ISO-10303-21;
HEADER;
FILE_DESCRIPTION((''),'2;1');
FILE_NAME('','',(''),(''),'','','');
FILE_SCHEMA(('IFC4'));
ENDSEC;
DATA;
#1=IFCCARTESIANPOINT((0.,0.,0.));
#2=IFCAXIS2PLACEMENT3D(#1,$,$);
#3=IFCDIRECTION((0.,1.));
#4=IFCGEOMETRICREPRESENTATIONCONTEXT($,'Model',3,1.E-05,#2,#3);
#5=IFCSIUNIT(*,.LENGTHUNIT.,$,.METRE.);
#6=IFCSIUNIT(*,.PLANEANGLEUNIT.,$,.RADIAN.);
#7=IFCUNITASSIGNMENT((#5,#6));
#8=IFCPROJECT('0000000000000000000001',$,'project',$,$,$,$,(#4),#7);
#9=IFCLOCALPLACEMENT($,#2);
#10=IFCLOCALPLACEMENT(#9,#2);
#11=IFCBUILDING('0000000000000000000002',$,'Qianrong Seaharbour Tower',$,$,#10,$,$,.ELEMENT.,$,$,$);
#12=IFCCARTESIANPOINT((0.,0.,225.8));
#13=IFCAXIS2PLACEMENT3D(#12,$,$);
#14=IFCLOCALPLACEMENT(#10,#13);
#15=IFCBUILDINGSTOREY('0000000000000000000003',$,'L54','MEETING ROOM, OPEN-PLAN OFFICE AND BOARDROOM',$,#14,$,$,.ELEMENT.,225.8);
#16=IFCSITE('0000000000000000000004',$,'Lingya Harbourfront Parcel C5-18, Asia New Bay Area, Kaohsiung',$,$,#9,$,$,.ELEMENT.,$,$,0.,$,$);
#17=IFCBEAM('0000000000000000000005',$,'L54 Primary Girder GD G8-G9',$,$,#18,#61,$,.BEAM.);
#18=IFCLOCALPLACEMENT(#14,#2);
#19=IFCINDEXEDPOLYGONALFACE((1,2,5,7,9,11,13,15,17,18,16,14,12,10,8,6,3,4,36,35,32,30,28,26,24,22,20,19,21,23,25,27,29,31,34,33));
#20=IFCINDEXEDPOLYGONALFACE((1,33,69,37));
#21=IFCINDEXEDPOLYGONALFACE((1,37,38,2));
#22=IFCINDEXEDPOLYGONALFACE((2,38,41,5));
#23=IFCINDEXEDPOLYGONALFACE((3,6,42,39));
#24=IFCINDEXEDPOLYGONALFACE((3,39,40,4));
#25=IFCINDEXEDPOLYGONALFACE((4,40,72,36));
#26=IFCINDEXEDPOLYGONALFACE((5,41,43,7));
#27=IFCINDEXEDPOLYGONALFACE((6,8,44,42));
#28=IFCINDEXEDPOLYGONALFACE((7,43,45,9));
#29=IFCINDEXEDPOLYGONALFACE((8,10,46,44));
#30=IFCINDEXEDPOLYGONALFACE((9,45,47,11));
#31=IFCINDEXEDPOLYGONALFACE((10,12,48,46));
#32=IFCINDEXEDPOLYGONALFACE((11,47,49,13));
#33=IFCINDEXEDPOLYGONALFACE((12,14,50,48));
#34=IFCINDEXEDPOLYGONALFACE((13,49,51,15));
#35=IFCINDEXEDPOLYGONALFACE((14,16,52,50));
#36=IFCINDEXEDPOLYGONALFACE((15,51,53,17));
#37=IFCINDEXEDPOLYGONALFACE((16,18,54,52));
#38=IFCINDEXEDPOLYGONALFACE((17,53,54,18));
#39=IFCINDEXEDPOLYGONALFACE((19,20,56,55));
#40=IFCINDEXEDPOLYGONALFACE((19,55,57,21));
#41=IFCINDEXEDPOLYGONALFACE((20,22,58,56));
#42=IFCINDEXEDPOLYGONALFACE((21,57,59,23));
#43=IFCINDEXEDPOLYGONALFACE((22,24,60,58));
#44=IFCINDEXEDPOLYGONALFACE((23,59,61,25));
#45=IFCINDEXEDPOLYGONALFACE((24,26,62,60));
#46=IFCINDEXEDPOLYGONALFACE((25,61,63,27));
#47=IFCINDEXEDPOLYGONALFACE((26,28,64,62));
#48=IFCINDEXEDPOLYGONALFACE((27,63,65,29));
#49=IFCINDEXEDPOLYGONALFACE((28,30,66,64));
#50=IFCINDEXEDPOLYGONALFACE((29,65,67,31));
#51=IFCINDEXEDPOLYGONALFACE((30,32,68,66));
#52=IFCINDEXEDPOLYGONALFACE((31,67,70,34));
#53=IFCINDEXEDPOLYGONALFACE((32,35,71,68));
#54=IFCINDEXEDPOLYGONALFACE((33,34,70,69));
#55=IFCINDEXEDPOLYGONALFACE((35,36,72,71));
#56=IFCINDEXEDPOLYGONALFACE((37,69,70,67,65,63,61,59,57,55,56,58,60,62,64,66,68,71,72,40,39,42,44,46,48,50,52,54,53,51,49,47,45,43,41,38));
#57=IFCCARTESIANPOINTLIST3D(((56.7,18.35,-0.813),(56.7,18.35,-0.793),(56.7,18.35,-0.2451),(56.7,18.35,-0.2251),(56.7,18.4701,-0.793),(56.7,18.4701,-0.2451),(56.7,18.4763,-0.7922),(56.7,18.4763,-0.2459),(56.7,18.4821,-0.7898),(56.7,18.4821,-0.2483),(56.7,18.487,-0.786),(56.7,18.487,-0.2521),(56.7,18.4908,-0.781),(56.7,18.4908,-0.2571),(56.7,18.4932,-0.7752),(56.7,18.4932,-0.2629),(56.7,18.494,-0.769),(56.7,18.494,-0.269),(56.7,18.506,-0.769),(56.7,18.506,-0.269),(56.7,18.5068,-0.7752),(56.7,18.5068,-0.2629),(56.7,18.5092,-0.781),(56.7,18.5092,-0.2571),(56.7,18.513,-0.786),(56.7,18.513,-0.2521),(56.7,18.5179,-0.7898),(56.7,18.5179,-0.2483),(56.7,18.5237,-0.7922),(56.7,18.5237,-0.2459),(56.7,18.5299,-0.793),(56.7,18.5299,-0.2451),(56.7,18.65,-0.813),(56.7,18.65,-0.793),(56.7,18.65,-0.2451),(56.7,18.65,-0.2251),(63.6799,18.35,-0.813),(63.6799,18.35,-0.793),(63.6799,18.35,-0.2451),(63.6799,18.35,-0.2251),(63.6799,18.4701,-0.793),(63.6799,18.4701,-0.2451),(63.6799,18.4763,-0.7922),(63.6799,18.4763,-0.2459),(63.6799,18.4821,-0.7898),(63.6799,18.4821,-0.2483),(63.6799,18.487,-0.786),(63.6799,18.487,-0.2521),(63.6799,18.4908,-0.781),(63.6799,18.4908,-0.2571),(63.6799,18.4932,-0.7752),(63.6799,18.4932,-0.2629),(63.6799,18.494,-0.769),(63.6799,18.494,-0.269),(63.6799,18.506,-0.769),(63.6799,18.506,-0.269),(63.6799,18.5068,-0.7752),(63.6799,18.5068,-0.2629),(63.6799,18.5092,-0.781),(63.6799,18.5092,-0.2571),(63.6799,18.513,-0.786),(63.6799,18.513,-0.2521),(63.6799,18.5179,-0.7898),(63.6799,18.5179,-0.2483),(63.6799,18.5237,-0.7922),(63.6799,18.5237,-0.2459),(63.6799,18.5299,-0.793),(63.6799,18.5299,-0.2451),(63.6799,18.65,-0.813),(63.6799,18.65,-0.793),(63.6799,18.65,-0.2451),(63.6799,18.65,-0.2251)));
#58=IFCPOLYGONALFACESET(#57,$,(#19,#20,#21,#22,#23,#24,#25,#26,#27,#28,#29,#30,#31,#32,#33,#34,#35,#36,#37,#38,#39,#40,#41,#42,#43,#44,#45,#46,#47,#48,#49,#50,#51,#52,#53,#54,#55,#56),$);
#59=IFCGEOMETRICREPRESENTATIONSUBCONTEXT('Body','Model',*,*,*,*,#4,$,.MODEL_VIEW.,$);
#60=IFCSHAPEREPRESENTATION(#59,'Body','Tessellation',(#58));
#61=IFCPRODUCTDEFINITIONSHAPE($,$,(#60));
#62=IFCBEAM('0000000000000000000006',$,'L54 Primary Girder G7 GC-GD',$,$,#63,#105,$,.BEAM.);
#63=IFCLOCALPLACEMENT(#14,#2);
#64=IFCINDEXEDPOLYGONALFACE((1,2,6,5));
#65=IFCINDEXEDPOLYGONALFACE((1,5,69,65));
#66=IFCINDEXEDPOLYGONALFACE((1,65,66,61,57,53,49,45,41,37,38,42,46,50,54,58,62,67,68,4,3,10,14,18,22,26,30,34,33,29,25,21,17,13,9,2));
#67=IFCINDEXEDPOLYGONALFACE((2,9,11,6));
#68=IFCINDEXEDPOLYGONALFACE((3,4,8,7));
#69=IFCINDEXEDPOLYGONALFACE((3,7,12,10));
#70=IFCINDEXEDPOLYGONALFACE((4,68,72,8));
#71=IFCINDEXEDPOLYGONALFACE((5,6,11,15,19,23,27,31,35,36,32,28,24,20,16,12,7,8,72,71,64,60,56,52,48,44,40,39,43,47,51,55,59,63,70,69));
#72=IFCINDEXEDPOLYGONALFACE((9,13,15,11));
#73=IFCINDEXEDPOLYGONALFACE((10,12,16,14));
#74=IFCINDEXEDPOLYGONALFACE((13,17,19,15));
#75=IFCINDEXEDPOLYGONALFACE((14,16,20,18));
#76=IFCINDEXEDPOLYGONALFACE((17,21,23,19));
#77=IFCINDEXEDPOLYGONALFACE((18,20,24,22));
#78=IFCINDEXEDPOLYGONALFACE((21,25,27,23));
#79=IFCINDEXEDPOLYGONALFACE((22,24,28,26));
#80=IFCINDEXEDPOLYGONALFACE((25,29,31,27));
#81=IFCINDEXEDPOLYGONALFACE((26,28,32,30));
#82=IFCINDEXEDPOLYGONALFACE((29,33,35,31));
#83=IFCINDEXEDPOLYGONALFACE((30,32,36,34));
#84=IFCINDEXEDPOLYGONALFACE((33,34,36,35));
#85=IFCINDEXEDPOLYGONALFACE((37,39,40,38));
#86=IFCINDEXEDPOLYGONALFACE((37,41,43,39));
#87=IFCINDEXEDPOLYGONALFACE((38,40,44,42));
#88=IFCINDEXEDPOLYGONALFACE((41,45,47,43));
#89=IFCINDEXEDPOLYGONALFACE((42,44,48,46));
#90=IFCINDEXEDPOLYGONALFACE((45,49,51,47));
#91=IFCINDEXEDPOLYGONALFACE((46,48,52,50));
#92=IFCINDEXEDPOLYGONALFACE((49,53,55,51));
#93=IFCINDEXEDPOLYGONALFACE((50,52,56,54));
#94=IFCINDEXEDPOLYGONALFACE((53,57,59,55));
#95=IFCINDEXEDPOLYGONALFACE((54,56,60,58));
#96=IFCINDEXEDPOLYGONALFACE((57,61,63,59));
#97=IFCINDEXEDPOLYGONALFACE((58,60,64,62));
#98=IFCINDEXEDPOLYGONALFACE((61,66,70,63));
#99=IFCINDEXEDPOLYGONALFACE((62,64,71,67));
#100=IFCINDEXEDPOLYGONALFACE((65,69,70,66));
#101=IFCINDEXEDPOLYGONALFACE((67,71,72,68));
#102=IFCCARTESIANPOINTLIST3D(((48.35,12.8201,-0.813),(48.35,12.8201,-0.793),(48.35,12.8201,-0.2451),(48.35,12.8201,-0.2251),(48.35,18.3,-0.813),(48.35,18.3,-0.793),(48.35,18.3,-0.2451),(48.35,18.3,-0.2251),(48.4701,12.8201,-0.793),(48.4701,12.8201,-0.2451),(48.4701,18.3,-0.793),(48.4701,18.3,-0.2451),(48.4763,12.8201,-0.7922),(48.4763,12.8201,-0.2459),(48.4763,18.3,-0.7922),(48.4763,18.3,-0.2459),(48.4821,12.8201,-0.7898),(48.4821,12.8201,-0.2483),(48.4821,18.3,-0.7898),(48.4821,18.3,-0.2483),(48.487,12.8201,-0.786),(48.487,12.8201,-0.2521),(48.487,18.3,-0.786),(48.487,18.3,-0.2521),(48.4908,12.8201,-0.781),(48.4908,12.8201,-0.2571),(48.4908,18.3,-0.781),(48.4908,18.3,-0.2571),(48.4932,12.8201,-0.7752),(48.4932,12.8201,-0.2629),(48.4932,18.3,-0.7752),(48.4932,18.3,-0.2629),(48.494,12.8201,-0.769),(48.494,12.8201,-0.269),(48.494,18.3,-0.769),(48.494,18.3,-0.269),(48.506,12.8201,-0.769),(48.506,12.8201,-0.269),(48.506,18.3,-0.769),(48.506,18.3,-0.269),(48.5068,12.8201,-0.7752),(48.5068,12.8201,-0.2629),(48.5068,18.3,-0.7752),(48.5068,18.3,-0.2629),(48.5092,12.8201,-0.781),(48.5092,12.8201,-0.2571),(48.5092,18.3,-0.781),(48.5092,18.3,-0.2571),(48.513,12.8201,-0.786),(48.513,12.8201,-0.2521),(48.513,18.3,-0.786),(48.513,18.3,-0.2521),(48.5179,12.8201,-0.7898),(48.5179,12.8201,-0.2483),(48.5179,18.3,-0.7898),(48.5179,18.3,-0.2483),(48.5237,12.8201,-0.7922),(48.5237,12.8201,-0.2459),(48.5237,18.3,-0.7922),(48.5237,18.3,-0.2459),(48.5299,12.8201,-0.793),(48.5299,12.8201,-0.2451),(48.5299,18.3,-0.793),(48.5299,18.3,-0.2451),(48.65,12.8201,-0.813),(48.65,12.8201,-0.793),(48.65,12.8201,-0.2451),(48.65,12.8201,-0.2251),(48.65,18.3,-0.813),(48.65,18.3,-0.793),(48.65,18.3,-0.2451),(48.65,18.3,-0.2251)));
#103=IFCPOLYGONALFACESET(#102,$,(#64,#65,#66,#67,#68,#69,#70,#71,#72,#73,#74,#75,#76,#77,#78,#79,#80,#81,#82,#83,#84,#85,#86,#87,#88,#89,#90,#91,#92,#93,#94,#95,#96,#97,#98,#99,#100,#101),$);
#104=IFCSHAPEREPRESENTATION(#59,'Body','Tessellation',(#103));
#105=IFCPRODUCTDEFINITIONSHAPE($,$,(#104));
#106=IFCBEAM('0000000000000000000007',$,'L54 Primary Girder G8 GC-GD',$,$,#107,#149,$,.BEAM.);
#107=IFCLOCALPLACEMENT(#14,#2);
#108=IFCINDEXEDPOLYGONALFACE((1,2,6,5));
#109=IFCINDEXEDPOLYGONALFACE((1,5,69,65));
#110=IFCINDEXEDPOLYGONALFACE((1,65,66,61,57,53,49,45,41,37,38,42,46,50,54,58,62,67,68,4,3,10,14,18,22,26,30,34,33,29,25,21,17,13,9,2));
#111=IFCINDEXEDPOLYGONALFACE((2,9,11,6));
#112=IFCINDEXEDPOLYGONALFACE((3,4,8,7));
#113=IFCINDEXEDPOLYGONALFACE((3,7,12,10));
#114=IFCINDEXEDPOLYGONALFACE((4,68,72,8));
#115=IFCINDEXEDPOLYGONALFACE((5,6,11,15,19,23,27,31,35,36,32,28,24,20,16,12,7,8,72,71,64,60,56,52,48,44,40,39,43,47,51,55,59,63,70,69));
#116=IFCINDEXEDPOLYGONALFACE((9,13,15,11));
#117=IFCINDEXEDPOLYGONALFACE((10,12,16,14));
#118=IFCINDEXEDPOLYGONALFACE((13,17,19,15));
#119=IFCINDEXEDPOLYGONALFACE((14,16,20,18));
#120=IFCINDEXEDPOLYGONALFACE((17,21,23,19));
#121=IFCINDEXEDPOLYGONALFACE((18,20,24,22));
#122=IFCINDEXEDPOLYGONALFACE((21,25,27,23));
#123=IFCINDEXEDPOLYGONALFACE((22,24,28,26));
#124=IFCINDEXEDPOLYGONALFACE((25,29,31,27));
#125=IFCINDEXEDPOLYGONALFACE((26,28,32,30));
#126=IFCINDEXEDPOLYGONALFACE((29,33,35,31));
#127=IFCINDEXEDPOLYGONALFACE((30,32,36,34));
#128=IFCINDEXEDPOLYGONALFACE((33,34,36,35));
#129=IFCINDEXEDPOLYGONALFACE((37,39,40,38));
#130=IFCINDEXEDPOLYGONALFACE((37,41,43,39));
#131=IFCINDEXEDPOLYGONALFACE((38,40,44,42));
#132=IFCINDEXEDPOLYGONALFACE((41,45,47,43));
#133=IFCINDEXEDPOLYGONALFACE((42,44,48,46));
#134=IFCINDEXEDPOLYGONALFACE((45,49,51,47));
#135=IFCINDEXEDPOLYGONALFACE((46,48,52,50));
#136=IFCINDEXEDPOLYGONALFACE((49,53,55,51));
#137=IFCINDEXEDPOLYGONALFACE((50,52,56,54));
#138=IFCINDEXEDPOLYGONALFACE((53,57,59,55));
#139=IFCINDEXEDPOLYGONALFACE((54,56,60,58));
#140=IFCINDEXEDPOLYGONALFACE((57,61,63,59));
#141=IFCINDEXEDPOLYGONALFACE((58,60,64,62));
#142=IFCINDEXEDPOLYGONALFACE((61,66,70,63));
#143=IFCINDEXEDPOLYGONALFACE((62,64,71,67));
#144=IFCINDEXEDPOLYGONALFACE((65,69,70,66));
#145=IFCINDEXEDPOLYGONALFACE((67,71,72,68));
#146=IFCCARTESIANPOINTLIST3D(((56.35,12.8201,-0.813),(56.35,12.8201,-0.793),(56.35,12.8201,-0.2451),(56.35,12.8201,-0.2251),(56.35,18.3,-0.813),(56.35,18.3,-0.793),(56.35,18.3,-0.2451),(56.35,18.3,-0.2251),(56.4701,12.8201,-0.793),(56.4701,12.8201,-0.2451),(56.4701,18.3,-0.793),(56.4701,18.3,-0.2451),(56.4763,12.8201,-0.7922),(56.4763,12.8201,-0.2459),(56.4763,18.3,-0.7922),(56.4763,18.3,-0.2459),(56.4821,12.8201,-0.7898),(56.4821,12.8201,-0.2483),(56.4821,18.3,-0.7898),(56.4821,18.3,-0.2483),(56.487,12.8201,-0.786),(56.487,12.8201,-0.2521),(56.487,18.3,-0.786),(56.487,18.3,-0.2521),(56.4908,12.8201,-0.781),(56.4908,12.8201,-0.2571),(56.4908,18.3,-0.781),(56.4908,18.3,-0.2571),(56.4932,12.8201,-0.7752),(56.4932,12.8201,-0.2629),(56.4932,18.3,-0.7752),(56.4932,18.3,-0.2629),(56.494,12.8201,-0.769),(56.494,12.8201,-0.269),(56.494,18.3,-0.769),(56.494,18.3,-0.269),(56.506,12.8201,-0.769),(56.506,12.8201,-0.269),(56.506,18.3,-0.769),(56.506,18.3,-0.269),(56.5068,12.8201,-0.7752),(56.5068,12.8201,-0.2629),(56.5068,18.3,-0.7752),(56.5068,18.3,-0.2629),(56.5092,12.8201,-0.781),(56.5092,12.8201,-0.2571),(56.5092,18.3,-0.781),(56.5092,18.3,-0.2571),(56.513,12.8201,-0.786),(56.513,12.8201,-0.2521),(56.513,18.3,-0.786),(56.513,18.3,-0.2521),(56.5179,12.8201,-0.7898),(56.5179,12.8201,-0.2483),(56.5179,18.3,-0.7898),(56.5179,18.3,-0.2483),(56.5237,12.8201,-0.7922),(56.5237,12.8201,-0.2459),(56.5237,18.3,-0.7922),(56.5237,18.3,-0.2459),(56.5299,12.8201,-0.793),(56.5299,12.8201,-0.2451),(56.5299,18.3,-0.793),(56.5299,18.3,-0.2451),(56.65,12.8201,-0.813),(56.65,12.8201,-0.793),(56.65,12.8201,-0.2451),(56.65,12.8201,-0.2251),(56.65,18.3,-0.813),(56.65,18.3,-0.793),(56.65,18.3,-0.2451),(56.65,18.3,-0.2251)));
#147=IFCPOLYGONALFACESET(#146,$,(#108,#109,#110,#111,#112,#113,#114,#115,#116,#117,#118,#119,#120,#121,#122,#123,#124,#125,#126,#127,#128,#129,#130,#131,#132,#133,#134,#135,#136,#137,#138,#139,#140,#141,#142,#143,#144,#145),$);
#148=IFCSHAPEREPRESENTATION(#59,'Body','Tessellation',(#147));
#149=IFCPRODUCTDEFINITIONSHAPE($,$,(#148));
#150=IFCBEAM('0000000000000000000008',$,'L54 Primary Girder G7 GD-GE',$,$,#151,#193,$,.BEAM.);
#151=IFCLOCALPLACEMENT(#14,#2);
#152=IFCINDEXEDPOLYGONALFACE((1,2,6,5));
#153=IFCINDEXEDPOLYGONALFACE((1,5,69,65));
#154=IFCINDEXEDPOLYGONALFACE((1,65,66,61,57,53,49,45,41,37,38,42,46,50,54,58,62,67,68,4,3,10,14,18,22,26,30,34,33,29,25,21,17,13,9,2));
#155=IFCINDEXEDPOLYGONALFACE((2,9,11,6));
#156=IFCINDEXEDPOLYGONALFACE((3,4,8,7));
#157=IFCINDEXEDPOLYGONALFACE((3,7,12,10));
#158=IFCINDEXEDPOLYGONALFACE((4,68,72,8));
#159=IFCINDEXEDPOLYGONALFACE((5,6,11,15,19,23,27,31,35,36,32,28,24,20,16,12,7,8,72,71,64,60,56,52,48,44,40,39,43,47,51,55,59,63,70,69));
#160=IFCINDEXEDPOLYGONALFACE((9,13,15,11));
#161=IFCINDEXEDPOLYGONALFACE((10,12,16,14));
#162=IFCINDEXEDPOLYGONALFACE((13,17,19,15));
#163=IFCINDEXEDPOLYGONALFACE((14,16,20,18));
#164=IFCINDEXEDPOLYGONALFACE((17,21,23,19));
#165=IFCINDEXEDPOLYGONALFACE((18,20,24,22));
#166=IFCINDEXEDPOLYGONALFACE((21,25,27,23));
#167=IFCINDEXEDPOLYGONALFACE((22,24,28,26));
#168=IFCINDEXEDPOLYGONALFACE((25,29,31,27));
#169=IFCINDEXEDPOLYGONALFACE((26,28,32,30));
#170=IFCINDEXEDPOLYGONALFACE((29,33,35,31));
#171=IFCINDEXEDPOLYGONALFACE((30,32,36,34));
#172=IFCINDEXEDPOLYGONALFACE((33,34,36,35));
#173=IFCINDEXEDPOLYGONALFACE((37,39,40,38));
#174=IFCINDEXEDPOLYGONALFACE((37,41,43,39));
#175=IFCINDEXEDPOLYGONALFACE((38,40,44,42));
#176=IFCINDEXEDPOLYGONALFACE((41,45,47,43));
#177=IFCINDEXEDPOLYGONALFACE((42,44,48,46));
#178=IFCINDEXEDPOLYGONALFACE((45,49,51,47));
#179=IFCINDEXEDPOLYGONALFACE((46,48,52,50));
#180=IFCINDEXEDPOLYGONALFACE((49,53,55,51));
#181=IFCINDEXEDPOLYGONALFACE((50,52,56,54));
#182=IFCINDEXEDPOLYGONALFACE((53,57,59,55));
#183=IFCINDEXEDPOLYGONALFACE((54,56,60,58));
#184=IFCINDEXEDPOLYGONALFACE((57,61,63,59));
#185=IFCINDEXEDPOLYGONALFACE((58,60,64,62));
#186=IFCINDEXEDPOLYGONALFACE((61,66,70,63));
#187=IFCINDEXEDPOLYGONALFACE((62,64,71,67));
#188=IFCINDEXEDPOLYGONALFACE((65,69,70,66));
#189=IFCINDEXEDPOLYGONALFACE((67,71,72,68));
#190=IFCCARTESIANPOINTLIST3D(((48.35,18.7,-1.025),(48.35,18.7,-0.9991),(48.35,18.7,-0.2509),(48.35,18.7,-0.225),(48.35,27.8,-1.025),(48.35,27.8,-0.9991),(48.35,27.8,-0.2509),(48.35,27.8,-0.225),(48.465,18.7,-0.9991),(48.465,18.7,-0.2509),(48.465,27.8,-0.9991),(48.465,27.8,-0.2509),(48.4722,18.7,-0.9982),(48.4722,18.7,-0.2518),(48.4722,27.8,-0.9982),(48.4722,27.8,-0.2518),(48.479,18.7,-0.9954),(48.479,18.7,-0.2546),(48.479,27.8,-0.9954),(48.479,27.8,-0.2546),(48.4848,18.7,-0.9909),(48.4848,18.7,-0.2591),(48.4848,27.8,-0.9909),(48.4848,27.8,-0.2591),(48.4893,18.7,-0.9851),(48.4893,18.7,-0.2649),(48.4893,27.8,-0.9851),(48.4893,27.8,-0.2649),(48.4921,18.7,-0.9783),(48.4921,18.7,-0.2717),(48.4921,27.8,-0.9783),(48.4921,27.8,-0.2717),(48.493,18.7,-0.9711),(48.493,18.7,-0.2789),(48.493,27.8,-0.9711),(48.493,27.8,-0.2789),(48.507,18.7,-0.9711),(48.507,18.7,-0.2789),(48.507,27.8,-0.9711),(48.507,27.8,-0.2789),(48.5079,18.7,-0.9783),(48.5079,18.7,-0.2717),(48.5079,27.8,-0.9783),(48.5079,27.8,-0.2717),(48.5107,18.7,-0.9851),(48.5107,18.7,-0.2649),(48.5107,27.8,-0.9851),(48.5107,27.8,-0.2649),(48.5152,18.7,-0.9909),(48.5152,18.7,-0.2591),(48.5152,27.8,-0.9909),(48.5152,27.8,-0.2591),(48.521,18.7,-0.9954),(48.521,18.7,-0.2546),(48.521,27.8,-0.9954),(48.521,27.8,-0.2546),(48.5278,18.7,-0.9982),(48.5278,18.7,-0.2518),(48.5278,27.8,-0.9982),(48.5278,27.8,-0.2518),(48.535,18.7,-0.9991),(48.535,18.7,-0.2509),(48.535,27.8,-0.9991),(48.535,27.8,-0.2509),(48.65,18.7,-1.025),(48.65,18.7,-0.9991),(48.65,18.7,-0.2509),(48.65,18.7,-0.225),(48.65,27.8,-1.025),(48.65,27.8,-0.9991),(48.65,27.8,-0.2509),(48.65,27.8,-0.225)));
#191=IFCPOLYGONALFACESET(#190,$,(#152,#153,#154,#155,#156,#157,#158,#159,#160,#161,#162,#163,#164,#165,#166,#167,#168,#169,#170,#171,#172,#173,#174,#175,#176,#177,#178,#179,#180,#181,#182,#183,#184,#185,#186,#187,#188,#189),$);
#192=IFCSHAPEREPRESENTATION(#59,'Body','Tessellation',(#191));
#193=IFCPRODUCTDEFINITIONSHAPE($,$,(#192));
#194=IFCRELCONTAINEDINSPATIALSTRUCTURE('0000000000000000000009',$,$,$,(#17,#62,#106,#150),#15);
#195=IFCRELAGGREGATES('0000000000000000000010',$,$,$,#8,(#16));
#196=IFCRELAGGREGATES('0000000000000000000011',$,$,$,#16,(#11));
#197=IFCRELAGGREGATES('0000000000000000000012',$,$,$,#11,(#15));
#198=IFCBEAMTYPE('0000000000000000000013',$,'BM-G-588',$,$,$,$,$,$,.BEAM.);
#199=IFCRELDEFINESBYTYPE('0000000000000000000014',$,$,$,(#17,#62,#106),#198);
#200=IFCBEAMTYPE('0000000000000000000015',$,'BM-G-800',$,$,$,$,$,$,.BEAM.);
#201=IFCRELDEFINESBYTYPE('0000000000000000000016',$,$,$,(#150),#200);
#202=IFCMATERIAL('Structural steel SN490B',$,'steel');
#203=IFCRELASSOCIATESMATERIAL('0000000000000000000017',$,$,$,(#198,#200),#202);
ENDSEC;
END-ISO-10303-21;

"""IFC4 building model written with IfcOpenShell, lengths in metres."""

from ifc_helpers import new_model, si_unit, direction, frame, origin, origin_2d, place, context, subcontext, project, spatial, i_section, extrude, material, material_profile, profile_set, type_object, element, save


model = new_model("IFC4")

# Units and contexts
model_context = context("Model", 3, precision=1e-05, world=origin(), true_north=direction((0.0, 1.0)))
body_context = subcontext(model_context, "Body", "Model", "MODEL_VIEW")
ifc_project = project(units=[si_unit("LENGTHUNIT", "METRE"), si_unit("PLANEANGLEUNIT", "RADIAN")], contexts=[model_context])

# Site, building, storey
site_placement = place(None, origin())
site = spatial("IfcSite", under=ifc_project, at=site_placement, Name="Lingya Harbourfront Parcel C5-18, Asia New Bay Area, Kaohsiung", CompositionType="ELEMENT", RefElevation=0.0)
building_placement = place(site_placement, origin())
building = spatial("IfcBuilding", under=site, at=building_placement, Name="Qianrong Seaharbour Tower", CompositionType="ELEMENT")
storey_placement = place(building_placement, frame((0.0, 0.0, 225.8)))
storey = spatial("IfcBuildingStorey", under=building, at=storey_placement, Name="L54", Description="MEETING ROOM, OPEN-PLAN OFFICE AND BOARDROOM", CompositionType="ELEMENT", Elevation=225.8)

# Shared definitions
ifc_material_1 = material(Name="Structural steel SN490B", Category="steel")

# Beams
ifc_material_profile_1 = material_profile(ifc_material_1, i_section(OverallWidth=0.3, OverallDepth=0.5879, WebThickness=0.012, FlangeThickness=0.02, FilletRadius=0.0239, at=origin_2d()), Name="H588x300x12x20")
ifc_profile_set_1 = profile_set([ifc_material_profile_1], Name="Structural steel SN490B")
beam_type_1 = type_object("IfcBeamType", Name="BM-G-588", PredefinedType="BEAM", material=ifc_profile_set_1)
beam_1_placement = place(storey_placement, frame((56.7, 18.5, -0.519), z_axis=(1.0, 0.0, 0.0), x_axis=(0.0, 1.0, 0.0)))
element("IfcBeam", 1, at=beam_1_placement, inside=storey, type_object=beam_type_1, Name="L54 Primary Girder GD G8-G9", PredefinedType="BEAM", context=body_context, shape_type="SweptSolid", body=[
    extrude(i_section(OverallWidth=0.3, OverallDepth=0.5879, WebThickness=0.012, FlangeThickness=0.02, FilletRadius=0.0239, at=origin_2d()), origin(), (0.0, 0.0, 1.0), 6.98),
])
for number, where, z_axis, x_axis, name in (
    (2, (48.5, 12.8201, -0.519), (0.0, 1.0, 0.0), (-1.0, 0.0, 0.0), "L54 Primary Girder G7 GC-GD"),
    (3, (56.5, 12.8201, -0.519), (0.0, 1.0, 0.0), (-1.0, 0.0, 0.0), "L54 Primary Girder G8 GC-GD"),
):
    element("IfcBeam", number, at=place(storey_placement, frame(where, z_axis=z_axis, x_axis=x_axis)), inside=storey, type_object=beam_type_1, Name=name, PredefinedType="BEAM", context=body_context, shape_type="SweptSolid", body=[
        extrude(i_section(OverallWidth=0.3, OverallDepth=0.5879, WebThickness=0.012, FlangeThickness=0.02, FilletRadius=0.0239, at=origin_2d()), origin(), (0.0, 0.0, 1.0), 5.48),
    ])
ifc_material_profile_2 = material_profile(ifc_material_1, i_section(OverallWidth=0.3, OverallDepth=0.8, WebThickness=0.0139, FlangeThickness=0.0259, FilletRadius=0.0281, at=origin_2d()), Name="H800x300x14x26")
ifc_profile_set_2 = profile_set([ifc_material_profile_2], Name="Structural steel SN490B")
beam_type_2 = type_object("IfcBeamType", Name="BM-G-800", PredefinedType="BEAM", material=ifc_profile_set_2)
for number, where, z_axis, x_axis, name in (
    (4, (48.5, 18.7, -0.625), (0.0, 1.0, 0.0), (-1.0, 0.0, 0.0), "L54 Primary Girder G7 GD-GE"),
):
    element("IfcBeam", number, at=place(storey_placement, frame(where, z_axis=z_axis, x_axis=x_axis)), inside=storey, type_object=beam_type_2, Name=name, PredefinedType="BEAM", context=body_context, shape_type="SweptSolid", body=[
        extrude(i_section(OverallWidth=0.3, OverallDepth=0.8, WebThickness=0.0139, FlangeThickness=0.0259, FilletRadius=0.0281, at=origin_2d()), origin(), (0.0, 0.0, 1.0), 9.1001),
    ])

save(model, "model.ifc")
